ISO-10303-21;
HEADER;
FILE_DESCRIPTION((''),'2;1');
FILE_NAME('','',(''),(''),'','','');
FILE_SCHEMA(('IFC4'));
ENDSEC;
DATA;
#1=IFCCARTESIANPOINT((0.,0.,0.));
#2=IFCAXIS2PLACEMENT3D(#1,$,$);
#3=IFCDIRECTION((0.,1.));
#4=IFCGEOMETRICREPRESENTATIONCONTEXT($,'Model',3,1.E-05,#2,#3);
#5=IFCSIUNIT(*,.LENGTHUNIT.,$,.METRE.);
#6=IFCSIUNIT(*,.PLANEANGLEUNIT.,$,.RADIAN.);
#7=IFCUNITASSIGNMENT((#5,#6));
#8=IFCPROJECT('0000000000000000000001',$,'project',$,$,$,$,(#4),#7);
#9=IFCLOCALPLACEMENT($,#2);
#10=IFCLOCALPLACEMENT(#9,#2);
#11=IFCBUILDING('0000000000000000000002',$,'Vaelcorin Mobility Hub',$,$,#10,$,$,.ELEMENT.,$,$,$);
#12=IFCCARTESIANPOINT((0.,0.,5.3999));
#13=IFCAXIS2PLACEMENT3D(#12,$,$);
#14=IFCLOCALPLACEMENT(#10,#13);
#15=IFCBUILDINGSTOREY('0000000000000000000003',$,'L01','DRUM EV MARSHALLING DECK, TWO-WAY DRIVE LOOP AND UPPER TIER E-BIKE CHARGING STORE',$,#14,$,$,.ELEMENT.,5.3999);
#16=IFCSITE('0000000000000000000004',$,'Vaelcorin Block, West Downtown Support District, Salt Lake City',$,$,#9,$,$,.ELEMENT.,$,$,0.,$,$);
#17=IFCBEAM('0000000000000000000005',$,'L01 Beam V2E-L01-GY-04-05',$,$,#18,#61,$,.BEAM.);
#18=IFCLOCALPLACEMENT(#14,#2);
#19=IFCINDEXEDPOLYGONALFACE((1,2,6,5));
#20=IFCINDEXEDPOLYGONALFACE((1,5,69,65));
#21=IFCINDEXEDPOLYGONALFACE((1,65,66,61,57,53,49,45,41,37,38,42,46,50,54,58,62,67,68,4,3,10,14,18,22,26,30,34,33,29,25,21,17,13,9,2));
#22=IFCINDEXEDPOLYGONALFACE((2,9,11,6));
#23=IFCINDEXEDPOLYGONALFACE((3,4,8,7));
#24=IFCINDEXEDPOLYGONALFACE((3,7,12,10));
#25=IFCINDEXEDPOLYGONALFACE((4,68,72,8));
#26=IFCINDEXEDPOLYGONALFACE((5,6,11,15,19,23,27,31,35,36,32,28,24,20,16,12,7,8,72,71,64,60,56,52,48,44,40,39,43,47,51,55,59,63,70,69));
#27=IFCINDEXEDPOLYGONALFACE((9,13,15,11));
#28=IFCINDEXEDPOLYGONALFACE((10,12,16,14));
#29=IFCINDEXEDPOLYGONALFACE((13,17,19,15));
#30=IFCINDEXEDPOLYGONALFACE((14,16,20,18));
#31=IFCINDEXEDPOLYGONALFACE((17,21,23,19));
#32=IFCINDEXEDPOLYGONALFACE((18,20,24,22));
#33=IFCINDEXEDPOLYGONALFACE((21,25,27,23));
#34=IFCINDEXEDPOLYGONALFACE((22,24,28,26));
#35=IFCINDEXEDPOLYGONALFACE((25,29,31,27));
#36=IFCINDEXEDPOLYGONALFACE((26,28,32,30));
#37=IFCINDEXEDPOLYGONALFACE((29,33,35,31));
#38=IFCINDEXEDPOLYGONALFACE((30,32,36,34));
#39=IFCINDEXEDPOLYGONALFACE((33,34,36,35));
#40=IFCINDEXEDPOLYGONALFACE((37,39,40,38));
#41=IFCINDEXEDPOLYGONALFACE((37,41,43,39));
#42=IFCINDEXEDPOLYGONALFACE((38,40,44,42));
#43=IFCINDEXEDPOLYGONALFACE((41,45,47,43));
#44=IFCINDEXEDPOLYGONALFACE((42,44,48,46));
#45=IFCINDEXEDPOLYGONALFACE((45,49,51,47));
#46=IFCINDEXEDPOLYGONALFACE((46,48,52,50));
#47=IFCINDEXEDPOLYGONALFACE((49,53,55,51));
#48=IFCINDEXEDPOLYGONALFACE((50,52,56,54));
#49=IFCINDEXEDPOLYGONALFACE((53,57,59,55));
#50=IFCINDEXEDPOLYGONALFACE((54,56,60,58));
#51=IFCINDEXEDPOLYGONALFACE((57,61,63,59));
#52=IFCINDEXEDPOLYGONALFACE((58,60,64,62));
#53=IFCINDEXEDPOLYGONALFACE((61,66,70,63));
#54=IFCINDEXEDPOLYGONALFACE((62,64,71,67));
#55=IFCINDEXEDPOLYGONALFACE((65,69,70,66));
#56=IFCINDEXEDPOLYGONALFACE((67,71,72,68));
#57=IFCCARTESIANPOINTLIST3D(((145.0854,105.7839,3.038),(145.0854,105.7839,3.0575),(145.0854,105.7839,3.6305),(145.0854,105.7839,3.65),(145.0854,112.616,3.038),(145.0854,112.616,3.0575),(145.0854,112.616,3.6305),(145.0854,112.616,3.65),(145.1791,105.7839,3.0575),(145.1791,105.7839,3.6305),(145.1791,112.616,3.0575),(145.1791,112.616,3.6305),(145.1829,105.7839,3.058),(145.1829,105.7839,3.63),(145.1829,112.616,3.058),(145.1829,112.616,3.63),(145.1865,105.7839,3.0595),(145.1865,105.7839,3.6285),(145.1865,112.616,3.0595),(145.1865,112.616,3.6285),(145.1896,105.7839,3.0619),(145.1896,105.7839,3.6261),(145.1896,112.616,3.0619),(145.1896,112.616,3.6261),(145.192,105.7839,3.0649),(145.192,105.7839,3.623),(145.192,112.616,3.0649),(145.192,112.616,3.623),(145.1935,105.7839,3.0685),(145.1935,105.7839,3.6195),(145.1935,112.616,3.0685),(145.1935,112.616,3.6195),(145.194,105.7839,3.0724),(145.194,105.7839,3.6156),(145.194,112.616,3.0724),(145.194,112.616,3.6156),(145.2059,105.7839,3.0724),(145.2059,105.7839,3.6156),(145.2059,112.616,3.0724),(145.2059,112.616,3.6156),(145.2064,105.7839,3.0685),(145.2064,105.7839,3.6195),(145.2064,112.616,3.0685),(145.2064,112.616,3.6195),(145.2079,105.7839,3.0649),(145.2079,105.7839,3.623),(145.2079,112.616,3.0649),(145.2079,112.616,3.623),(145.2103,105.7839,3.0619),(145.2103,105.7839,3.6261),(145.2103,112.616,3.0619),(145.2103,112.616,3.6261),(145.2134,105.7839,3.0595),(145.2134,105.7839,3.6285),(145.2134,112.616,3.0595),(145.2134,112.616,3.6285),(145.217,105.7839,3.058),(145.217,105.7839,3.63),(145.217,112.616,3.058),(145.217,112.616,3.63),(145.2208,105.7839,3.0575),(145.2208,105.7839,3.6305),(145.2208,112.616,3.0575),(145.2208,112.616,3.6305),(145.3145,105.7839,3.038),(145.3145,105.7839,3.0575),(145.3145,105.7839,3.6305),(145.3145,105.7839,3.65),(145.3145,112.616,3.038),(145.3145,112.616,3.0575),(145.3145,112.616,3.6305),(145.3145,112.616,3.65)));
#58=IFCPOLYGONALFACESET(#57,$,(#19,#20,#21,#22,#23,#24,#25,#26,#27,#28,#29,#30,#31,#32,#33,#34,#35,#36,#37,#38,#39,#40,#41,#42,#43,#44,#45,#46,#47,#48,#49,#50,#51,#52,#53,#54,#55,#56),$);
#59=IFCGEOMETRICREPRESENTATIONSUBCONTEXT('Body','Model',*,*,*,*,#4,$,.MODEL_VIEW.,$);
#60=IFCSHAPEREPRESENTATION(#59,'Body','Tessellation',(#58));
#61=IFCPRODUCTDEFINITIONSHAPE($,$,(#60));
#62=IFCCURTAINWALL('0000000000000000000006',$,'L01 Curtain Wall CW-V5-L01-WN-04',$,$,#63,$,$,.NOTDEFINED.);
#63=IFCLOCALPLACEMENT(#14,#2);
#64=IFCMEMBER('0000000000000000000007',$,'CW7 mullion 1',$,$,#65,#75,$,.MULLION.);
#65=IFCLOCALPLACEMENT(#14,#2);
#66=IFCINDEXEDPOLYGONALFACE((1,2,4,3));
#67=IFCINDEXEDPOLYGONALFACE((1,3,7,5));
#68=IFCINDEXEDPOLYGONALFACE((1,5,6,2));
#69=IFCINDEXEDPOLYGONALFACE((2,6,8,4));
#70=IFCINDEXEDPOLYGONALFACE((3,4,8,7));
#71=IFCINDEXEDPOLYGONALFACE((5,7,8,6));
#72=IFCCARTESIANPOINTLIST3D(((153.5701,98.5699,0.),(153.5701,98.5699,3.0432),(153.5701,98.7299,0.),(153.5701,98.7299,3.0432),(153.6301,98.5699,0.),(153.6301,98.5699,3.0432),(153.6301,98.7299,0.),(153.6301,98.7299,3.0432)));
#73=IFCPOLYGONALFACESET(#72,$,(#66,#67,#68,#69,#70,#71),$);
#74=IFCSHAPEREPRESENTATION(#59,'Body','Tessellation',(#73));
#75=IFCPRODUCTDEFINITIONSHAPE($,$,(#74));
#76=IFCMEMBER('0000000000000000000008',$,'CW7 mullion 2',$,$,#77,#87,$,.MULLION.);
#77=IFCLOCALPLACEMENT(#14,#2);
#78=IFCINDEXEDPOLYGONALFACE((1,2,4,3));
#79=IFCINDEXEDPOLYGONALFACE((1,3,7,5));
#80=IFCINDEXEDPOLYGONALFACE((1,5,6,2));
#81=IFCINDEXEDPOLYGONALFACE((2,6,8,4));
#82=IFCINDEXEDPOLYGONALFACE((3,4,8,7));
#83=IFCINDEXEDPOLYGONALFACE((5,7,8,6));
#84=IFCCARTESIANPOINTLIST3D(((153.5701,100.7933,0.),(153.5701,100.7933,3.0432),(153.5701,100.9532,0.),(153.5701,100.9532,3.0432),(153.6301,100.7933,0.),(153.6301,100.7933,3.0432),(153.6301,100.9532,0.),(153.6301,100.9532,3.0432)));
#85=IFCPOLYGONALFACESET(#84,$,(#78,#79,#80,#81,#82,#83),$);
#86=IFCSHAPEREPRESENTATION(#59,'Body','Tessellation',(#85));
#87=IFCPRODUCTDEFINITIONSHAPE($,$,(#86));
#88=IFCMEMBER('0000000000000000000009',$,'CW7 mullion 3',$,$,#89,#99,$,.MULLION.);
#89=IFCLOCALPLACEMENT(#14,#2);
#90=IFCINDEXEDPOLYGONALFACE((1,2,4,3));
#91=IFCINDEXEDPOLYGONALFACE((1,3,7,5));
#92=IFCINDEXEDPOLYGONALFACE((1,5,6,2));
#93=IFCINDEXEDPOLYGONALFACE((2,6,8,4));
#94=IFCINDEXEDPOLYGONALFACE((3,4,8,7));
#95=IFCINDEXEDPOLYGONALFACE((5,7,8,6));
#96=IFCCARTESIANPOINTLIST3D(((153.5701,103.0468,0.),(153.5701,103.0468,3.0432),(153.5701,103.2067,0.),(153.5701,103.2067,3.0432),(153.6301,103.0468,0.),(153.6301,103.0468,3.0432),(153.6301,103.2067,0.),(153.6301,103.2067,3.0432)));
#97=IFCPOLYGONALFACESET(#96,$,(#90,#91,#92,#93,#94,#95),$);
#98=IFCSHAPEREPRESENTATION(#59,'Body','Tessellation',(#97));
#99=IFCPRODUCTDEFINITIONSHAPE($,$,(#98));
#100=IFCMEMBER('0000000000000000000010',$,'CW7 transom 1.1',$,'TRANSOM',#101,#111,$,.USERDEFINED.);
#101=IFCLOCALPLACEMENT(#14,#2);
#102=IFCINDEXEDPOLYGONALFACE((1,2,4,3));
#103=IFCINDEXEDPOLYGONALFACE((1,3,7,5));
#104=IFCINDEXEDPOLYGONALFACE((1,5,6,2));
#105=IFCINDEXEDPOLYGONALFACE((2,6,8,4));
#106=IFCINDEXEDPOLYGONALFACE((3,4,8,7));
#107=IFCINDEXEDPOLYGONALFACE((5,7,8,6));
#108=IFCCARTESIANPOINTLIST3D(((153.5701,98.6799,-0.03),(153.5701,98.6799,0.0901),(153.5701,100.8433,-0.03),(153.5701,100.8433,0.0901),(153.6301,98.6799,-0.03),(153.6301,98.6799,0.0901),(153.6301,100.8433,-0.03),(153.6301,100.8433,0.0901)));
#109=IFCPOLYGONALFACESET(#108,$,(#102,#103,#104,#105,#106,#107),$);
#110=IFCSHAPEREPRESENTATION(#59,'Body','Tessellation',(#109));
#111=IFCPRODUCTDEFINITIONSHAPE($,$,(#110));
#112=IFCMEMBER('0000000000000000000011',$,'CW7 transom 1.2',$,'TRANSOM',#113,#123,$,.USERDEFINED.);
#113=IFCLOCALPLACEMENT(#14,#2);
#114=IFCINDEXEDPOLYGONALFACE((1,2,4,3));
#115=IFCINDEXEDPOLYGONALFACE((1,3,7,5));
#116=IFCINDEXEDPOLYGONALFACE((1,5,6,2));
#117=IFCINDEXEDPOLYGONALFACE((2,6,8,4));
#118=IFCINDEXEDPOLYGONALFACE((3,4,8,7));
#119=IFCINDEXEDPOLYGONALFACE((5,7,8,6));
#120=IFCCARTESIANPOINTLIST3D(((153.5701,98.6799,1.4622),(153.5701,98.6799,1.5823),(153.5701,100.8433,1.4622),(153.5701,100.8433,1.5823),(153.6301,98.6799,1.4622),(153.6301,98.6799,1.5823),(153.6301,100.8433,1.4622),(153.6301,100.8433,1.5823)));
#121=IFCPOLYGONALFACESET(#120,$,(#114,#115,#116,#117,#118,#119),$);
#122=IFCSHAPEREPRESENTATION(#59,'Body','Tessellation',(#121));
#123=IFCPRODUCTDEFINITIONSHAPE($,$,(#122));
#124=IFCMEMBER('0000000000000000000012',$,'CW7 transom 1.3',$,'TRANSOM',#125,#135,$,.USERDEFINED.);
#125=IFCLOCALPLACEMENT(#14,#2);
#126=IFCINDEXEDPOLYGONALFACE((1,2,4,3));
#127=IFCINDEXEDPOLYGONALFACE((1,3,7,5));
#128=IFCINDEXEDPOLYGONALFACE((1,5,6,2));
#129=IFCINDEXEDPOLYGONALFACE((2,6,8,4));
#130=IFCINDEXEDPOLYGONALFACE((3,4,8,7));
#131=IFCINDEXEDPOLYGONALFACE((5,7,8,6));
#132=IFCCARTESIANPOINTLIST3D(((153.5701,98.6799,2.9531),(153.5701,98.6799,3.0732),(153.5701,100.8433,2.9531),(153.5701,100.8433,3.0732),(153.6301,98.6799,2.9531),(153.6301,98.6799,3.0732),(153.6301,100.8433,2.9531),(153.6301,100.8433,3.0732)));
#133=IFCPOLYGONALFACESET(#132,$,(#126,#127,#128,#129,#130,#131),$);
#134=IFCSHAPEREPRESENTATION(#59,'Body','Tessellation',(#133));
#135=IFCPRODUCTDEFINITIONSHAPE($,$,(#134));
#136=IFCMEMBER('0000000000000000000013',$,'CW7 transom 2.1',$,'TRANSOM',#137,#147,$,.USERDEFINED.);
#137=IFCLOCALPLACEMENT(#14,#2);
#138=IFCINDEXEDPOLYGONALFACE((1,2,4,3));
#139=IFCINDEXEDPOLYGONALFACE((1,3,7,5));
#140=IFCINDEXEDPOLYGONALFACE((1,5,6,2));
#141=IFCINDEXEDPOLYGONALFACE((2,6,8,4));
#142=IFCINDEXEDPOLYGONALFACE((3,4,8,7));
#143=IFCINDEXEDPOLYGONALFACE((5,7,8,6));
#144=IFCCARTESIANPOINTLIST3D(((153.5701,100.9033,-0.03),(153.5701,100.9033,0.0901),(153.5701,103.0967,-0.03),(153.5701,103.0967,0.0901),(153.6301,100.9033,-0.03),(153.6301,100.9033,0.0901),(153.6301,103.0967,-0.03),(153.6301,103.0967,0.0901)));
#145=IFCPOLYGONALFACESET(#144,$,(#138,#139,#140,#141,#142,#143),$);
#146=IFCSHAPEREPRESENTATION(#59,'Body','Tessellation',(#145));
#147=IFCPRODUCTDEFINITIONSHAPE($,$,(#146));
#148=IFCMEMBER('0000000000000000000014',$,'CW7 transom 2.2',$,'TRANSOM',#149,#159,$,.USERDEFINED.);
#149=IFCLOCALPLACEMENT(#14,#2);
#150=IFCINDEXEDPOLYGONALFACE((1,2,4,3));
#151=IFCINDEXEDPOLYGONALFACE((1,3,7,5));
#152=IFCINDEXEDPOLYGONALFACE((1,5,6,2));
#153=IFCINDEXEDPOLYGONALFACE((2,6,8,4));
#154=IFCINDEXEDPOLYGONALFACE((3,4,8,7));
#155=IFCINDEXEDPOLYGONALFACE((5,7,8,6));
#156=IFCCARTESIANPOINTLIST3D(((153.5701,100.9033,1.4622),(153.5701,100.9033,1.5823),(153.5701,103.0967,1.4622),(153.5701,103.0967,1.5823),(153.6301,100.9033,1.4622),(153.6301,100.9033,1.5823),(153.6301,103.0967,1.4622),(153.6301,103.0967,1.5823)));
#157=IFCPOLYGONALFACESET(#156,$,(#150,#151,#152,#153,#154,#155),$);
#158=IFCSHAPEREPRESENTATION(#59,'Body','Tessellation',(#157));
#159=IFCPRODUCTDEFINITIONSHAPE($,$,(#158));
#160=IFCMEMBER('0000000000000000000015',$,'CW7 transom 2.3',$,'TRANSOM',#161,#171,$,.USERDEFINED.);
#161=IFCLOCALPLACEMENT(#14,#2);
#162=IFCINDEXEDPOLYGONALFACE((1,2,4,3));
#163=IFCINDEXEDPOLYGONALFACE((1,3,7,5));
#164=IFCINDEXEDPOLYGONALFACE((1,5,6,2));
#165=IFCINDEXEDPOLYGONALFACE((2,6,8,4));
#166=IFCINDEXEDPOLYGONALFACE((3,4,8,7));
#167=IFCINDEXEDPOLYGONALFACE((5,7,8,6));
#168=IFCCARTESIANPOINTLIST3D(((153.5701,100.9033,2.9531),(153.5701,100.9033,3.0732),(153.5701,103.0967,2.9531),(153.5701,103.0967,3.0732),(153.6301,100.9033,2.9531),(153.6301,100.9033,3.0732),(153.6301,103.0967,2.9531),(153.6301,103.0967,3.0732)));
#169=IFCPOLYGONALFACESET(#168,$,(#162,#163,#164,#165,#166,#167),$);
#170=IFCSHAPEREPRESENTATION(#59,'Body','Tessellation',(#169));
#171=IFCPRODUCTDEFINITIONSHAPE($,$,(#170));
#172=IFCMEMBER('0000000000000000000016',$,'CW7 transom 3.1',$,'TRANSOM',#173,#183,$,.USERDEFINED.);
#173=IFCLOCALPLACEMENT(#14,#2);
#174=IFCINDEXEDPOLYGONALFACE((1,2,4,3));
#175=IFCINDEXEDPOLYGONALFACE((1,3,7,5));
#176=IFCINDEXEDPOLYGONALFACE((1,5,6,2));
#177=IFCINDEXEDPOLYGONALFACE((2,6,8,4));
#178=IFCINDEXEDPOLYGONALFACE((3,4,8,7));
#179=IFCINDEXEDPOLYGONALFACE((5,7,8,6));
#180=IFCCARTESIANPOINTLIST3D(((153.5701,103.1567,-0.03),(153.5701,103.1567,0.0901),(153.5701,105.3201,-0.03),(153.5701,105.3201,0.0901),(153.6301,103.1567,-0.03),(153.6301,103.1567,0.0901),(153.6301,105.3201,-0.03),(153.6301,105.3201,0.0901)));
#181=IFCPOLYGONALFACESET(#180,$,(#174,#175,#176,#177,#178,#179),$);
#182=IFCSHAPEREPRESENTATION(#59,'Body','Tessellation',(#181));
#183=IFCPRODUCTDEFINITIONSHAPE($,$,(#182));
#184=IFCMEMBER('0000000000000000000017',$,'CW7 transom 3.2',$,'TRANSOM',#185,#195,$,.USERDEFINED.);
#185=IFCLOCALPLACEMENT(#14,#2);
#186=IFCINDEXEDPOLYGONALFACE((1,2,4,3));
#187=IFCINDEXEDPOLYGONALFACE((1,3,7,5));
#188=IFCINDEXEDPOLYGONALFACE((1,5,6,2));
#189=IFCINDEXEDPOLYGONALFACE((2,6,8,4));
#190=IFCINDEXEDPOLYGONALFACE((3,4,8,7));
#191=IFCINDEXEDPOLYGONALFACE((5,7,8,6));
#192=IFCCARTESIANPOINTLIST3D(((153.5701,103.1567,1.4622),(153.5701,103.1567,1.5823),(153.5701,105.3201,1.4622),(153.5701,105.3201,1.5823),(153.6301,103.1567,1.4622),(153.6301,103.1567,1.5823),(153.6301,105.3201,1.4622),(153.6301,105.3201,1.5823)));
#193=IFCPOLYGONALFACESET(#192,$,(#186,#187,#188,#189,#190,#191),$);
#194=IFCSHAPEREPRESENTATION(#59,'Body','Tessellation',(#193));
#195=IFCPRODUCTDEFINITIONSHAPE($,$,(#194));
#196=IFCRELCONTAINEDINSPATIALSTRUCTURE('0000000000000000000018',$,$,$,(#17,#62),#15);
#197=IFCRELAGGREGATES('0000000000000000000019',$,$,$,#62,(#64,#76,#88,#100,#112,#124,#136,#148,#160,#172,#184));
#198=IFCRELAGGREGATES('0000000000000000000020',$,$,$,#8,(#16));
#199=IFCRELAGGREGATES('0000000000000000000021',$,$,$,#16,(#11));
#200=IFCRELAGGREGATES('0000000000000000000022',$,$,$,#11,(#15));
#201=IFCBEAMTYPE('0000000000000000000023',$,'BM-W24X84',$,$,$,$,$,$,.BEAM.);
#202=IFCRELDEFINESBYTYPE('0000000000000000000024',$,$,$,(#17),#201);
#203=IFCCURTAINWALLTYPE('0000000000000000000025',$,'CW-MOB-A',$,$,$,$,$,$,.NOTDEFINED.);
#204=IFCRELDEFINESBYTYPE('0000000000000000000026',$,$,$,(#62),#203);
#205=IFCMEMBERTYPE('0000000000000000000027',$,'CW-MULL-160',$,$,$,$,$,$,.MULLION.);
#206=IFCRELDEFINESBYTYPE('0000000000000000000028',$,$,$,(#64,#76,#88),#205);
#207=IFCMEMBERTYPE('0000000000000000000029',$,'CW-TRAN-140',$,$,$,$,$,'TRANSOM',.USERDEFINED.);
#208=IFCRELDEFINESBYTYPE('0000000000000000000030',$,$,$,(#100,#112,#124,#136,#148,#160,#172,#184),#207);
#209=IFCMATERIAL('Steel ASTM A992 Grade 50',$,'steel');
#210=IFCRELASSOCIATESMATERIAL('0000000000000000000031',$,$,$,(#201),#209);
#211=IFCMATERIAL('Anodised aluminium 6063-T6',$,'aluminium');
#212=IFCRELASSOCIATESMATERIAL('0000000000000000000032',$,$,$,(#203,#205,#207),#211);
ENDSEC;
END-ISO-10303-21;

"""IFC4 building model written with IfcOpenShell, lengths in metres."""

from ifc_helpers import new_model, si_unit, direction, frame, origin, origin_2d, place, context, subcontext, project, spatial, rectangle, i_section, extrude, material, material_profile, profile_set, type_object, element, aggregate, save


model = new_model("IFC4")

# Units and contexts
model_context = context("Model", 3, precision=1e-05, world=origin(), true_north=direction((0.0, 1.0)))
body_context = subcontext(model_context, "Body", "Model", "MODEL_VIEW")
ifc_project = project(units=[si_unit("LENGTHUNIT", "METRE"), si_unit("PLANEANGLEUNIT", "RADIAN")], contexts=[model_context])

# Site, building, storey
site_placement = place(None, origin())
site = spatial("IfcSite", under=ifc_project, at=site_placement, Name="Vaelcorin Block, West Downtown Support District, Salt Lake City", CompositionType="ELEMENT", RefElevation=0.0)
building_placement = place(site_placement, origin())
building = spatial("IfcBuilding", under=site, at=building_placement, Name="Vaelcorin Mobility Hub", CompositionType="ELEMENT")
storey_placement = place(building_placement, frame((0.0, 0.0, 5.3999)))
storey = spatial("IfcBuildingStorey", under=building, at=storey_placement, Name="L01", Description="DRUM EV MARSHALLING DECK, TWO-WAY DRIVE LOOP AND UPPER TIER E-BIKE CHARGING STORE", CompositionType="ELEMENT", Elevation=5.3999)

# Shared definitions
ifc_material_1 = material(Name="Steel ASTM A992 Grade 50", Category="steel")

# Beam
ifc_material_profile_1 = material_profile(ifc_material_1, i_section(OverallWidth=0.229, OverallDepth=0.6121, WebThickness=0.012, FlangeThickness=0.0195, FilletRadius=0.0149, at=origin_2d()), Name="W24X84")
ifc_profile_set_1 = profile_set([ifc_material_profile_1], Name="Steel ASTM A992 Grade 50")
beam_type_1 = type_object("IfcBeamType", Name="BM-W24X84", PredefinedType="BEAM", material=ifc_profile_set_1)
for number, where, z_axis, x_axis, name in (
    (1, (145.2, 105.7839, 3.344), (0.0, 1.0, 0.0), (-1.0, 0.0, 0.0), "L01 Beam V2E-L01-GY-04-05"),
):
    element("IfcBeam", number, at=place(storey_placement, frame(where, z_axis=z_axis, x_axis=x_axis)), inside=storey, type_object=beam_type_1, Name=name, PredefinedType="BEAM", context=body_context, shape_type="SweptSolid", body=[
        extrude(i_section(OverallWidth=0.229, OverallDepth=0.6121, WebThickness=0.012, FlangeThickness=0.0195, FilletRadius=0.0149, at=origin_2d()), origin(), (0.0, 0.0, 1.0), 6.832),
    ])

# Curtain wall, members
ifc_material_2 = material(Name="Anodised aluminium 6063-T6", Category="aluminium")
curtain_wall_type = type_object("IfcCurtainWallType", Name="CW-MOB-A", PredefinedType="NOTDEFINED", material=ifc_material_2)
curtain_wall_placement = place(storey_placement, origin())
curtain_wall = element("IfcCurtainWall", 2, at=curtain_wall_placement, inside=storey, type_object=curtain_wall_type, Name="L01 Curtain Wall CW-V5-L01-WN-04", PredefinedType="NOTDEFINED")
ifc_material_profile_2 = material_profile(ifc_material_2, rectangle(XDim=0.0601, YDim=0.1599, at=origin_2d()), Name="ALU-M60X160")
ifc_profile_set_2 = profile_set([ifc_material_profile_2], Name="Anodised aluminium 6063-T6")
member_type_1 = type_object("IfcMemberType", Name="CW-MULL-160", PredefinedType="MULLION", material=ifc_profile_set_2)
member_1_placement = place(storey_placement, frame((153.6001, 98.6499, 0.0), z_axis=(0.0, 0.0, 1.0), x_axis=(-1.0, 0.0, 0.0)))
member_1 = element("IfcMember", 3, at=member_1_placement, type_object=member_type_1, Name="CW7 mullion 1", PredefinedType="MULLION", context=body_context, shape_type="SweptSolid", body=[
    extrude(rectangle(XDim=0.0601, YDim=0.1599, at=origin_2d()), origin(), (0.0, 0.0, 1.0), 3.0432),
])
member_2_placement = place(storey_placement, frame((153.6001, 100.8733, 0.0), z_axis=(0.0, 0.0, 1.0), x_axis=(-1.0, 0.0, 0.0)))
member_2 = element("IfcMember", 4, at=member_2_placement, type_object=member_type_1, Name="CW7 mullion 2", PredefinedType="MULLION", context=body_context, shape_type="SweptSolid", body=[
    extrude(rectangle(XDim=0.0601, YDim=0.1599, at=origin_2d()), origin(), (0.0, 0.0, 1.0), 3.0432),
])
member_3_placement = place(storey_placement, frame((153.6001, 103.1267, 0.0), z_axis=(0.0, 0.0, 1.0), x_axis=(-1.0, 0.0, 0.0)))
member_3 = element("IfcMember", 5, at=member_3_placement, type_object=member_type_1, Name="CW7 mullion 3", PredefinedType="MULLION", context=body_context, shape_type="SweptSolid", body=[
    extrude(rectangle(XDim=0.0601, YDim=0.1599, at=origin_2d()), origin(), (0.0, 0.0, 1.0), 3.0432),
])
ifc_material_profile_3 = material_profile(ifc_material_2, rectangle(XDim=0.0601, YDim=0.1201, at=origin_2d()), Name="ALU-T60X120")
ifc_profile_set_3 = profile_set([ifc_material_profile_3], Name="Anodised aluminium 6063-T6")
member_type_2 = type_object("IfcMemberType", Name="CW-TRAN-140", ElementType="TRANSOM", PredefinedType="USERDEFINED", material=ifc_profile_set_3)
member_4_placement = place(storey_placement, frame((153.6001, 98.6799, 0.03), z_axis=(0.0, 1.0, 0.0), x_axis=(-1.0, 0.0, 0.0)))
member_4 = element("IfcMember", 6, at=member_4_placement, type_object=member_type_2, Name="CW7 transom 1.1", ObjectType="TRANSOM", PredefinedType="USERDEFINED", context=body_context, shape_type="SweptSolid", body=[
    extrude(rectangle(XDim=0.0601, YDim=0.1201, at=origin_2d()), origin(), (0.0, 0.0, 1.0), 2.1633),
])
member_5_placement = place(storey_placement, frame((153.6001, 98.6799, 1.5222), z_axis=(0.0, 1.0, 0.0), x_axis=(-1.0, 0.0, 0.0)))
member_5 = element("IfcMember", 7, at=member_5_placement, type_object=member_type_2, Name="CW7 transom 1.2", ObjectType="TRANSOM", PredefinedType="USERDEFINED", context=body_context, shape_type="SweptSolid", body=[
    extrude(rectangle(XDim=0.0601, YDim=0.1201, at=origin_2d()), origin(), (0.0, 0.0, 1.0), 2.1633),
])
member_6_placement = place(storey_placement, frame((153.6001, 98.6799, 3.0132), z_axis=(0.0, 1.0, 0.0), x_axis=(-1.0, 0.0, 0.0)))
member_6 = element("IfcMember", 8, at=member_6_placement, type_object=member_type_2, Name="CW7 transom 1.3", ObjectType="TRANSOM", PredefinedType="USERDEFINED", context=body_context, shape_type="SweptSolid", body=[
    extrude(rectangle(XDim=0.0601, YDim=0.1201, at=origin_2d()), origin(), (0.0, 0.0, 1.0), 2.1633),
])
member_7_placement = place(storey_placement, frame((153.6001, 100.9033, 0.03), z_axis=(0.0, 1.0, 0.0), x_axis=(-1.0, 0.0, 0.0)))
member_7 = element("IfcMember", 9, at=member_7_placement, type_object=member_type_2, Name="CW7 transom 2.1", ObjectType="TRANSOM", PredefinedType="USERDEFINED", context=body_context, shape_type="SweptSolid", body=[
    extrude(rectangle(XDim=0.0601, YDim=0.1201, at=origin_2d()), origin(), (0.0, 0.0, 1.0), 2.1934),
])
member_8_placement = place(storey_placement, frame((153.6001, 100.9033, 1.5222), z_axis=(0.0, 1.0, 0.0), x_axis=(-1.0, 0.0, 0.0)))
member_8 = element("IfcMember", 10, at=member_8_placement, type_object=member_type_2, Name="CW7 transom 2.2", ObjectType="TRANSOM", PredefinedType="USERDEFINED", context=body_context, shape_type="SweptSolid", body=[
    extrude(rectangle(XDim=0.0601, YDim=0.1201, at=origin_2d()), origin(), (0.0, 0.0, 1.0), 2.1934),
])
member_9_placement = place(storey_placement, frame((153.6001, 100.9033, 3.0132), z_axis=(0.0, 1.0, 0.0), x_axis=(-1.0, 0.0, 0.0)))
member_9 = element("IfcMember", 11, at=member_9_placement, type_object=member_type_2, Name="CW7 transom 2.3", ObjectType="TRANSOM", PredefinedType="USERDEFINED", context=body_context, shape_type="SweptSolid", body=[
    extrude(rectangle(XDim=0.0601, YDim=0.1201, at=origin_2d()), origin(), (0.0, 0.0, 1.0), 2.1934),
])
member_10_placement = place(storey_placement, frame((153.6001, 103.1567, 0.03), z_axis=(0.0, 1.0, 0.0), x_axis=(-1.0, 0.0, 0.0)))
member_10 = element("IfcMember", 12, at=member_10_placement, type_object=member_type_2, Name="CW7 transom 3.1", ObjectType="TRANSOM", PredefinedType="USERDEFINED", context=body_context, shape_type="SweptSolid", body=[
    extrude(rectangle(XDim=0.0601, YDim=0.1201, at=origin_2d()), origin(), (0.0, 0.0, 1.0), 2.1633),
])
member_11_placement = place(storey_placement, frame((153.6001, 103.1567, 1.5222), z_axis=(0.0, 1.0, 0.0), x_axis=(-1.0, 0.0, 0.0)))
member_11 = element("IfcMember", 13, at=member_11_placement, type_object=member_type_2, Name="CW7 transom 3.2", ObjectType="TRANSOM", PredefinedType="USERDEFINED", context=body_context, shape_type="SweptSolid", body=[
    extrude(rectangle(XDim=0.0601, YDim=0.1201, at=origin_2d()), origin(), (0.0, 0.0, 1.0), 2.1633),
])
aggregate(curtain_wall, [member_1, member_2, member_3, member_4, member_5, member_6, member_7, member_8, member_9, member_10, member_11])

save(model, "model.ifc")
